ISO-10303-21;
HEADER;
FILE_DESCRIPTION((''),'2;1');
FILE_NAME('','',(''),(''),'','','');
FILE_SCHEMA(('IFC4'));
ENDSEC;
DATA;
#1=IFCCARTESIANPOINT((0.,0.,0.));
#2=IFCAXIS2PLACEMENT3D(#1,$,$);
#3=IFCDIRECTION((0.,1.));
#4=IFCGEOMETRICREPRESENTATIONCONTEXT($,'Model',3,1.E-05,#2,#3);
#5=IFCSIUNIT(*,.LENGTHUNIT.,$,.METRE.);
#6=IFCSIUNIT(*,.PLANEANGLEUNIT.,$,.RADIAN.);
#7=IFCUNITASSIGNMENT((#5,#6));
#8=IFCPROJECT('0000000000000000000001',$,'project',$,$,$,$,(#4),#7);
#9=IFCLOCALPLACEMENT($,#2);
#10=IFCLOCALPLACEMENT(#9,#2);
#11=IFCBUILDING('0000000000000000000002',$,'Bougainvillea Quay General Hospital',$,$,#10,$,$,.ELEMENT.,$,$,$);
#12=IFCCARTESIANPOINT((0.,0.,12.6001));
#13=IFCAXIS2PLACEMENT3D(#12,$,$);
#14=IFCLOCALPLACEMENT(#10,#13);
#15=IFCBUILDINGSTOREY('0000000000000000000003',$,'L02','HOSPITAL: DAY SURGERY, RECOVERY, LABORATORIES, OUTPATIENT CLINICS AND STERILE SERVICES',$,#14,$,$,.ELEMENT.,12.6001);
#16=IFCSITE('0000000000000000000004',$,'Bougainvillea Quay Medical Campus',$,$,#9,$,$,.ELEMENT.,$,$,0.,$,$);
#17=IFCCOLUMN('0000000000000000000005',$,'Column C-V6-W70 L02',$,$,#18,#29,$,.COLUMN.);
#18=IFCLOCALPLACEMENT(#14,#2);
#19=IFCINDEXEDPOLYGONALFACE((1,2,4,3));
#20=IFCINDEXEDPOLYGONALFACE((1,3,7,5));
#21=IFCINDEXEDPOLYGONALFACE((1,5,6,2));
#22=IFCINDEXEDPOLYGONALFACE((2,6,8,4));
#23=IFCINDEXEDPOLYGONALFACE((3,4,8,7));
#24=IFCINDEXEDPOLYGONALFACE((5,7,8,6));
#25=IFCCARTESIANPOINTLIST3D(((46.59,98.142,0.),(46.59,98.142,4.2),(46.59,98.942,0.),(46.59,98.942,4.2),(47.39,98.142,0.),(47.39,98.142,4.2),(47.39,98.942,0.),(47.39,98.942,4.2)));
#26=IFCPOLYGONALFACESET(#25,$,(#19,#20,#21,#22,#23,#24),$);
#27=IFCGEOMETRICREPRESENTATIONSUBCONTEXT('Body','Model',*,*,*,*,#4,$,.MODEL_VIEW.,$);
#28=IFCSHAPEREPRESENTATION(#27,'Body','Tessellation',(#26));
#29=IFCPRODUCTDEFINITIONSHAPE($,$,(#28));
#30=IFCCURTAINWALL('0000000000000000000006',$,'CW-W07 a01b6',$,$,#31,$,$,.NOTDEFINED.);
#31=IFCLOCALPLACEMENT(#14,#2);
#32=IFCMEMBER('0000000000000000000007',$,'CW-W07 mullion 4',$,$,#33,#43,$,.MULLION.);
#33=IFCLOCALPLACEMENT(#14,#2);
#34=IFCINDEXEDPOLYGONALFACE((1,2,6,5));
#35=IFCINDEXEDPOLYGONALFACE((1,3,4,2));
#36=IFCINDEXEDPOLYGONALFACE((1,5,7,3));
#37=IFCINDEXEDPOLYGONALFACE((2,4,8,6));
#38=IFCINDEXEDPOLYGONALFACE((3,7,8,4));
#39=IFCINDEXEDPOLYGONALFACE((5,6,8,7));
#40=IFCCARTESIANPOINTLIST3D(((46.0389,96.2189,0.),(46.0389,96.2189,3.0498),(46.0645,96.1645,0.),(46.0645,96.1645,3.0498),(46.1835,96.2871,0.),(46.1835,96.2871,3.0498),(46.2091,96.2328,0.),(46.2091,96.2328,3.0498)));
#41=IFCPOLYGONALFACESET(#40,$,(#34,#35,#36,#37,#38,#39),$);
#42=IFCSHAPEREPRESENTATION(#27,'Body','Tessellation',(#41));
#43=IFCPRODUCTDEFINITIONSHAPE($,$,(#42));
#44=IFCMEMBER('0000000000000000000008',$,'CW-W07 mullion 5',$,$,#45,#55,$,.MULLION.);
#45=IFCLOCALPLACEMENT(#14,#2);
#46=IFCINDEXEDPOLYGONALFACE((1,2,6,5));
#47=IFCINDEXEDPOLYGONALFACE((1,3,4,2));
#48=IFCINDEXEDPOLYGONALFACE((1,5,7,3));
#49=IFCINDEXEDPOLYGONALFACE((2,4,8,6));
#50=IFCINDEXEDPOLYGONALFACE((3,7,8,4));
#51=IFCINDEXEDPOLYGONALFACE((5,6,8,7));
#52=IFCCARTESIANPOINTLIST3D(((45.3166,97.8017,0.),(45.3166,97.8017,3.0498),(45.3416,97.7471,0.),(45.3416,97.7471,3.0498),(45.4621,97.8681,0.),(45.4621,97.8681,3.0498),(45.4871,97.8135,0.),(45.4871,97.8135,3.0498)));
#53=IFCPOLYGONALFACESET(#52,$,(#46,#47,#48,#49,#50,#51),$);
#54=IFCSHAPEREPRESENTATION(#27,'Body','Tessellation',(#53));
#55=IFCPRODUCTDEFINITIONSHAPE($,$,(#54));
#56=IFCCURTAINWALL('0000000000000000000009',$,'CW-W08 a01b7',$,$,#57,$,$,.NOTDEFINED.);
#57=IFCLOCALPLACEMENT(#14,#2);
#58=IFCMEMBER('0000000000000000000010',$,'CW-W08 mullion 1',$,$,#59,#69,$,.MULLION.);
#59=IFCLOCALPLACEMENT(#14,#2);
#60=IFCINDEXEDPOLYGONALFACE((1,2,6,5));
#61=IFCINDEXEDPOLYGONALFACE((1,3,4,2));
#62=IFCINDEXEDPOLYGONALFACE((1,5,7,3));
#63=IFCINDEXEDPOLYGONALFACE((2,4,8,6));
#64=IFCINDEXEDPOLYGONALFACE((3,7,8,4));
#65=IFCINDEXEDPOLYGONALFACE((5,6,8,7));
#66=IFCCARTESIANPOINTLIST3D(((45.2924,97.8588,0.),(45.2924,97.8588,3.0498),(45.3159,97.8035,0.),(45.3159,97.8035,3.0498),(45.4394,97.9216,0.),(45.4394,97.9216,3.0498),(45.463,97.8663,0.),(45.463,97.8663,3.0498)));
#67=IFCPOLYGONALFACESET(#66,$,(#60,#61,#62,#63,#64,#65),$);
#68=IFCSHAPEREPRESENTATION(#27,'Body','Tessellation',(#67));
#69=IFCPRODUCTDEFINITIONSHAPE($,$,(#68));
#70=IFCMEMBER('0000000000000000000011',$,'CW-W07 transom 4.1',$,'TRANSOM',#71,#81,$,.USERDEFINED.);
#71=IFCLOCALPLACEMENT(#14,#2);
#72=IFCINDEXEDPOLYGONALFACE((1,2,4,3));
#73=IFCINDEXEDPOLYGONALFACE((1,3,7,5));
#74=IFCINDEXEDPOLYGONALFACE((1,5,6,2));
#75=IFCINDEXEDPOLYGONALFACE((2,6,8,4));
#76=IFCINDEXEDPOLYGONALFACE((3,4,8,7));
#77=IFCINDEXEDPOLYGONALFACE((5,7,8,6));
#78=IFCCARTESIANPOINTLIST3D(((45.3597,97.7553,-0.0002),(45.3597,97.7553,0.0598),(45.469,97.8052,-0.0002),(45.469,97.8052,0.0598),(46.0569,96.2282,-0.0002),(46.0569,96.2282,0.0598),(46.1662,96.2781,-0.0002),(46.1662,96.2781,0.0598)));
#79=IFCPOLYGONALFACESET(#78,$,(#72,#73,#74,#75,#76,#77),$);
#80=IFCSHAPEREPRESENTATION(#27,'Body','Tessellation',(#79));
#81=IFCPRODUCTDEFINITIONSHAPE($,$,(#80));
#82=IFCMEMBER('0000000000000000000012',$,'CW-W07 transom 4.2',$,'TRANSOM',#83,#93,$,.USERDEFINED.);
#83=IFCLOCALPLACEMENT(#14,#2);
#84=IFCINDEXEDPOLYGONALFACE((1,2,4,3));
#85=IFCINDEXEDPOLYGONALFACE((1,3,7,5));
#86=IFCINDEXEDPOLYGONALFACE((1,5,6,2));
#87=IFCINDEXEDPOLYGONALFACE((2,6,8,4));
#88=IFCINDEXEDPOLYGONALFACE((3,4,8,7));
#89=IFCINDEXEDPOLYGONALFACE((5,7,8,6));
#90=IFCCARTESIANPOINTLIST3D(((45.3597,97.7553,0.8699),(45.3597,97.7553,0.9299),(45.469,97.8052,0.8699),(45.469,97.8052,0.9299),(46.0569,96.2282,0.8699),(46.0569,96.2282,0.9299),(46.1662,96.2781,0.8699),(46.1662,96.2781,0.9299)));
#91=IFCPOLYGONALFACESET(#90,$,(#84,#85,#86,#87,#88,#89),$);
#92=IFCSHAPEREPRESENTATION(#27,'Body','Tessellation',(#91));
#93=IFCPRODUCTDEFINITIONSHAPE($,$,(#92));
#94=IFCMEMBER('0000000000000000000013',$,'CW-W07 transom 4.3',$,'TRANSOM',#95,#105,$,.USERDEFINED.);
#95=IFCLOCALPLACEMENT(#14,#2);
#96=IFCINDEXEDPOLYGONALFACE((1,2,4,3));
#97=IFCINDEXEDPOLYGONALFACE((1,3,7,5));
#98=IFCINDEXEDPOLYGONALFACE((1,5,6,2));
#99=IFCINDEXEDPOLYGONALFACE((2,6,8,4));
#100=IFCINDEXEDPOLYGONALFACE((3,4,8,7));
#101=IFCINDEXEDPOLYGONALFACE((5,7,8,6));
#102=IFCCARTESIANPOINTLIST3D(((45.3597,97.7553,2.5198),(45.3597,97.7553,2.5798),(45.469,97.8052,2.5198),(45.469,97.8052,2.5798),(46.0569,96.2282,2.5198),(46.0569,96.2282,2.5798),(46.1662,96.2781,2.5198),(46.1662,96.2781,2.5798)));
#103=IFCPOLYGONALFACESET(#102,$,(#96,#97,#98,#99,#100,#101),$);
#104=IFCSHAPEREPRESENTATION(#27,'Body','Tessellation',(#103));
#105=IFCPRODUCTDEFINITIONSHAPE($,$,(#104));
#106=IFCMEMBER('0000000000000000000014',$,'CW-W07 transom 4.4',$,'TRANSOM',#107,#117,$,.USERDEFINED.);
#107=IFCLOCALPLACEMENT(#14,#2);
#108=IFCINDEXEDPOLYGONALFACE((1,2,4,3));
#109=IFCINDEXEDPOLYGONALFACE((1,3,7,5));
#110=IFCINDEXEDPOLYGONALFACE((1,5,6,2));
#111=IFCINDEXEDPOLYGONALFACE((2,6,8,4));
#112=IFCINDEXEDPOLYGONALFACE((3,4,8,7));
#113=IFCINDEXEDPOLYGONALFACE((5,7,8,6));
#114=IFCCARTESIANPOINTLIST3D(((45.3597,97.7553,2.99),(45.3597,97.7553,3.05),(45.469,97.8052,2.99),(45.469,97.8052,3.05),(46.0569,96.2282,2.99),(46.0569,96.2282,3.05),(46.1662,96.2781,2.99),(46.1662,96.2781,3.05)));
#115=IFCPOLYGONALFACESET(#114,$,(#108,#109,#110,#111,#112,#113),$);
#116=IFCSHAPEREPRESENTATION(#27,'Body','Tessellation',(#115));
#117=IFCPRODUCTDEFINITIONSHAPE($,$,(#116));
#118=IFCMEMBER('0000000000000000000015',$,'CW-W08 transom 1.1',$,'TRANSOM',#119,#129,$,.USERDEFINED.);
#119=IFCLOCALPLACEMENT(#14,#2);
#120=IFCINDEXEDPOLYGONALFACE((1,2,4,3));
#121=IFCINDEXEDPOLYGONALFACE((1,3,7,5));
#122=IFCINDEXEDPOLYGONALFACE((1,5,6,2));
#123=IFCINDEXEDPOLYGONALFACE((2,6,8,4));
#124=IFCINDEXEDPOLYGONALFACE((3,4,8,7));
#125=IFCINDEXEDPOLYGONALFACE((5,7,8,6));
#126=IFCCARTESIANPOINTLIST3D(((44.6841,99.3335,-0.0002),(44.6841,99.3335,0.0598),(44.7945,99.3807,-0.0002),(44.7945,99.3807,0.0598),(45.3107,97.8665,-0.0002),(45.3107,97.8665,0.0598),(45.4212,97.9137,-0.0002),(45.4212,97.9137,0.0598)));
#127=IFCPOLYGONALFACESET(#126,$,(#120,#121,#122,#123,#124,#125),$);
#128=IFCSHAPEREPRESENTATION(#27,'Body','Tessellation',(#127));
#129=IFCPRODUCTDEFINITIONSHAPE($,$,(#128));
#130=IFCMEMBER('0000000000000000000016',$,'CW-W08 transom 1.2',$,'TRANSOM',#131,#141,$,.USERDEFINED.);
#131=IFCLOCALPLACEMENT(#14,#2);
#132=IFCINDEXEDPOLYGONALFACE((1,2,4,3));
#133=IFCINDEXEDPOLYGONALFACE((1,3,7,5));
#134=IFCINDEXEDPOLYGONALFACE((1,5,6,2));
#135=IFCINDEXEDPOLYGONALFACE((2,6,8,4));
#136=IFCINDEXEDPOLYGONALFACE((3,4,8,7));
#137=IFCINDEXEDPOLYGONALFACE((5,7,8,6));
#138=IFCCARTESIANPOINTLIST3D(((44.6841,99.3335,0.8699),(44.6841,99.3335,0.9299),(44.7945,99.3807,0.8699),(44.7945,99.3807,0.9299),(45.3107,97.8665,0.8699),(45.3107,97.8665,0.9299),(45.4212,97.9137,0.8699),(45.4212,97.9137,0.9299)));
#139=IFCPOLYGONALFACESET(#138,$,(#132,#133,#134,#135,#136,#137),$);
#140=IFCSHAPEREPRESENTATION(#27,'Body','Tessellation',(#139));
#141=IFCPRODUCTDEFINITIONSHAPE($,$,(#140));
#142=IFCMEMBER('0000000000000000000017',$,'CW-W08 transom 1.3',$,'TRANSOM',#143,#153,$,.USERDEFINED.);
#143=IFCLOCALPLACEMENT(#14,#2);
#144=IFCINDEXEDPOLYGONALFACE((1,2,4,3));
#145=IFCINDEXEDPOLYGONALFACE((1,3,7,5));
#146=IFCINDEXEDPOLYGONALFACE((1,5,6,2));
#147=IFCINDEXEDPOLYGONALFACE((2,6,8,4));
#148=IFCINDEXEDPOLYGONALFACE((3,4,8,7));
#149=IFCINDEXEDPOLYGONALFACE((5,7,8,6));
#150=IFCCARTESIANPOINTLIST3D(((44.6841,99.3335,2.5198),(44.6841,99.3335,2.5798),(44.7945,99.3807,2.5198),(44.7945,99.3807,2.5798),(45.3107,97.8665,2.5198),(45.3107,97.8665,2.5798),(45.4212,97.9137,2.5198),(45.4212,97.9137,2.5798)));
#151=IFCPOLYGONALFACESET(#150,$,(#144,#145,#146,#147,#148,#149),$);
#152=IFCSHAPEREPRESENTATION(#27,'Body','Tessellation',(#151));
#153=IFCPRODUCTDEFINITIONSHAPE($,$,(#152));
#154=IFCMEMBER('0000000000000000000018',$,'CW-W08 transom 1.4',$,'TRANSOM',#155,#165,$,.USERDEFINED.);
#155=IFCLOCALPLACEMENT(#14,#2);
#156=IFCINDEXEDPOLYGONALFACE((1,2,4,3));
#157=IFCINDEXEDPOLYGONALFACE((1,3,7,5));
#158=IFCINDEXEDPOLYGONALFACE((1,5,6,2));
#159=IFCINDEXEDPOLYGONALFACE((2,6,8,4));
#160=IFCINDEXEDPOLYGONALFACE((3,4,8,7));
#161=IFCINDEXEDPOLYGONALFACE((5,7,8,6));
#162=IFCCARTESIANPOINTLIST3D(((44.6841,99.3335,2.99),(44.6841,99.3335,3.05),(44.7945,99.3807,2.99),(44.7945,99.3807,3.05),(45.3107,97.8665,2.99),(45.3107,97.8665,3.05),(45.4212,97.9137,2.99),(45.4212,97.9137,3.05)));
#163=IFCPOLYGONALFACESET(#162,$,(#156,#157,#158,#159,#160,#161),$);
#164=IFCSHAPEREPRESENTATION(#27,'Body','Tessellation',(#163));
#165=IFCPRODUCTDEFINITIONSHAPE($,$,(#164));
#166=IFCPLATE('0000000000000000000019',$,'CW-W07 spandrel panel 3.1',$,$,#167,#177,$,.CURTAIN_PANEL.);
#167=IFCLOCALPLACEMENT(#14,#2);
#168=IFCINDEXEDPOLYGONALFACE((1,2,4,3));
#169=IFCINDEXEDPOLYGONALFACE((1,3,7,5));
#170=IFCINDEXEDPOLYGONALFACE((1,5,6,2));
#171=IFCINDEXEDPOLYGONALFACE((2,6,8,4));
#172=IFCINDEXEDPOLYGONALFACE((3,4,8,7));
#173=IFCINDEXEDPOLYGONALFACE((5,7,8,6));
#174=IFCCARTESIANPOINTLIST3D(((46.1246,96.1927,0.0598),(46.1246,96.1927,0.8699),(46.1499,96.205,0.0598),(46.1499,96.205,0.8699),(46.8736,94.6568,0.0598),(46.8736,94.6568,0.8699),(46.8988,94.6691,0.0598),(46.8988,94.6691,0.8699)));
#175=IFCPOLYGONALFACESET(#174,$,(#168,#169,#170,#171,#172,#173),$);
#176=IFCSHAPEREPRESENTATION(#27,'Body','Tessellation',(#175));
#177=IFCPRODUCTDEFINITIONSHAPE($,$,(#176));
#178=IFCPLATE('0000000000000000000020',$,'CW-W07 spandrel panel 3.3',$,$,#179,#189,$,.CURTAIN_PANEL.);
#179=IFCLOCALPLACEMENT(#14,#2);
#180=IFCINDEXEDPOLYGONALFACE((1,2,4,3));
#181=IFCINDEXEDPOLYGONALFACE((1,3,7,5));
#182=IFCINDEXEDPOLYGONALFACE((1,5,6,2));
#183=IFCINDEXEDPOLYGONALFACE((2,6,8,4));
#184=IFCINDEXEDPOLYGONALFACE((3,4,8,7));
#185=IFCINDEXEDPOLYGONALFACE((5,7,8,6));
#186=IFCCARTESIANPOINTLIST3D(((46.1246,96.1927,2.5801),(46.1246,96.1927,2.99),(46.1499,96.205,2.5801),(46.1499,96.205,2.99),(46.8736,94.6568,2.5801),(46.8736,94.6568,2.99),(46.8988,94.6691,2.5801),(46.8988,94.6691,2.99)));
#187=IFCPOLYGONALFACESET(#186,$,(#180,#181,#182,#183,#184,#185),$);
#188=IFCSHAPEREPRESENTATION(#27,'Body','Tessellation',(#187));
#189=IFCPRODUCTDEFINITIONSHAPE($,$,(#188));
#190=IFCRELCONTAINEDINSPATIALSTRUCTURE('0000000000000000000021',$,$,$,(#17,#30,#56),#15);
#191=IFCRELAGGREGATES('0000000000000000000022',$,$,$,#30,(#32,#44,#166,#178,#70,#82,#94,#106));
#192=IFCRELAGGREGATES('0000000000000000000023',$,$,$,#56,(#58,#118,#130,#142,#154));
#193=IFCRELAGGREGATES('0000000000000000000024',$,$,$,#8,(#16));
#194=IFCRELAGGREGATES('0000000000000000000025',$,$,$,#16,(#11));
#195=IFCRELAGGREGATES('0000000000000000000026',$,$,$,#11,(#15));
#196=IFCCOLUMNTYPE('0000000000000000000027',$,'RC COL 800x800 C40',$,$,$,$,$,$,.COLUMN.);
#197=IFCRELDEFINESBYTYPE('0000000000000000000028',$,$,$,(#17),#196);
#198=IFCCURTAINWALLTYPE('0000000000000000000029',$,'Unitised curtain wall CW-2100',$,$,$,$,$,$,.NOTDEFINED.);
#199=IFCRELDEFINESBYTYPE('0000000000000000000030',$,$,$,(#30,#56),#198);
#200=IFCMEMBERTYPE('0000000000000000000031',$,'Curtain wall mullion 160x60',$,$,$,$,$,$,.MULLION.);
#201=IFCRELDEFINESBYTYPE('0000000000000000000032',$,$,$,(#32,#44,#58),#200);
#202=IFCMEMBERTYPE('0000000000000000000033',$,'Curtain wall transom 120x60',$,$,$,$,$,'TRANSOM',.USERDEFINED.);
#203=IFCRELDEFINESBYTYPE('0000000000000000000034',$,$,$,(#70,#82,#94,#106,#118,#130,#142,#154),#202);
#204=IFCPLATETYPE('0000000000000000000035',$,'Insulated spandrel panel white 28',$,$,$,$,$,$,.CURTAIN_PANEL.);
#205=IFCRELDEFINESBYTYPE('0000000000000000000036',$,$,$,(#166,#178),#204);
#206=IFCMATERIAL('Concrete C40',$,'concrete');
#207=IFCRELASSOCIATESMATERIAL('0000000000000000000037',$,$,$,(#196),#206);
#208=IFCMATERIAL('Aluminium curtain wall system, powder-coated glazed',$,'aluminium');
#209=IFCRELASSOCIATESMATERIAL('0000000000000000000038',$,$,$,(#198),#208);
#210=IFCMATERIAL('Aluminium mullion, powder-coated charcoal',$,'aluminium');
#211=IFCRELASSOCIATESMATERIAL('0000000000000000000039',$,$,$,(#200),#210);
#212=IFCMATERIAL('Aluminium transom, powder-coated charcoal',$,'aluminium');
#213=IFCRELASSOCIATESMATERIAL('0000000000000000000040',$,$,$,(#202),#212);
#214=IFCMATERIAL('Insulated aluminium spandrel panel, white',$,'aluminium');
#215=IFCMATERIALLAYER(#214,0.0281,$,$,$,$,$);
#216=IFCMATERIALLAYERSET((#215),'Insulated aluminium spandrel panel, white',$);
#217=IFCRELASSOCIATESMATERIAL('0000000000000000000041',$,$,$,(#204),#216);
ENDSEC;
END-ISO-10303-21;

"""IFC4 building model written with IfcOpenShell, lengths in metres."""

from ifc_helpers import new_model, si_unit, direction, frame, origin, origin_2d, place, context, subcontext, project, spatial, rectangle, extrude, material, layer, layer_set, material_profile, profile_set, type_object, element, aggregate, save


model = new_model("IFC4")

# Units and contexts
model_context = context("Model", 3, precision=1e-05, world=origin(), true_north=direction((0.0, 1.0)))
body_context = subcontext(model_context, "Body", "Model", "MODEL_VIEW")
ifc_project = project(units=[si_unit("LENGTHUNIT", "METRE"), si_unit("PLANEANGLEUNIT", "RADIAN")], contexts=[model_context])

# Site, building, storey
site_placement = place(None, origin())
site = spatial("IfcSite", under=ifc_project, at=site_placement, Name="Bougainvillea Quay Medical Campus", CompositionType="ELEMENT", RefElevation=0.0)
building_placement = place(site_placement, origin())
building = spatial("IfcBuilding", under=site, at=building_placement, Name="Bougainvillea Quay General Hospital", CompositionType="ELEMENT")
storey_placement = place(building_placement, frame((0.0, 0.0, 12.6001)))
storey = spatial("IfcBuildingStorey", under=building, at=storey_placement, Name="L02", Description="HOSPITAL: DAY SURGERY, RECOVERY, LABORATORIES, OUTPATIENT CLINICS AND STERILE SERVICES", CompositionType="ELEMENT", Elevation=12.6001)

# Column
ifc_material_1 = material(Name="Concrete C40", Category="concrete")
ifc_material_profile_1 = material_profile(ifc_material_1, rectangle(XDim=0.8, YDim=0.8, at=origin_2d()))
ifc_profile_set_1 = profile_set([ifc_material_profile_1], Name="Concrete C40")
column_type = type_object("IfcColumnType", Name="RC COL 800x800 C40", PredefinedType="COLUMN", material=ifc_profile_set_1)
column_placement = place(storey_placement, frame((46.99, 98.542, 0.0), z_axis=(0.0, 0.0, 1.0), x_axis=(1.0, 0.0, 0.0)))
element("IfcColumn", 1, at=column_placement, inside=storey, type_object=column_type, Name="Column C-V6-W70 L02", PredefinedType="COLUMN", context=body_context, shape_type="SweptSolid", body=[
    extrude(rectangle(XDim=0.8, YDim=0.8, at=origin_2d()), origin(), (0.0, 0.0, 1.0), 4.2),
])

# Curtain wall, members
ifc_material_2 = material(Name="Aluminium curtain wall system, powder-coated glazed", Category="aluminium")
curtain_wall_type = type_object("IfcCurtainWallType", Name="Unitised curtain wall CW-2100", PredefinedType="NOTDEFINED", material=ifc_material_2)
curtain_wall_1_placement = place(storey_placement, origin())
curtain_wall_1 = element("IfcCurtainWall", 2, at=curtain_wall_1_placement, inside=storey, type_object=curtain_wall_type, Name="CW-W07 a01b6", PredefinedType="NOTDEFINED")
ifc_material_3 = material(Name="Aluminium mullion, powder-coated charcoal", Category="aluminium")
ifc_material_profile_2 = material_profile(ifc_material_3, rectangle(XDim=0.1599, YDim=0.0601, at=origin_2d()))
ifc_profile_set_2 = profile_set([ifc_material_profile_2], Name="Aluminium mullion, powder-coated charcoal")
member_type_1 = type_object("IfcMemberType", Name="Curtain wall mullion 160x60", PredefinedType="MULLION", material=ifc_profile_set_2)
member_1_placement = place(storey_placement, frame((46.124, 96.2258, 0.0), z_axis=(0.0, 0.0, 1.0), x_axis=(-0.904314, -0.426869, 0.0)))
member_1 = element("IfcMember", 3, at=member_1_placement, type_object=member_type_1, Name="CW-W07 mullion 4", PredefinedType="MULLION", context=body_context, shape_type="SweptSolid", body=[
    extrude(rectangle(XDim=0.1599, YDim=0.0601, at=origin_2d()), origin(), (0.0, 0.0, 1.0), 3.0498),
])
member_2_placement = place(storey_placement, frame((45.4019, 97.8076, 0.0), z_axis=(0.0, 0.0, 1.0), x_axis=(-0.909653, -0.415368, 0.0)))
member_2 = element("IfcMember", 4, at=member_2_placement, type_object=member_type_1, Name="CW-W07 mullion 5", PredefinedType="MULLION", context=body_context, shape_type="SweptSolid", body=[
    extrude(rectangle(XDim=0.1599, YDim=0.0601, at=origin_2d()), origin(), (0.0, 0.0, 1.0), 3.0498),
])

# Curtain wall, member
curtain_wall_2_placement = place(storey_placement, origin())
curtain_wall_2 = element("IfcCurtainWall", 5, at=curtain_wall_2_placement, inside=storey, type_object=curtain_wall_type, Name="CW-W08 a01b7", PredefinedType="NOTDEFINED")
member_3_placement = place(storey_placement, frame((45.3777, 97.8625, 0.0), z_axis=(0.0, 0.0, 1.0), x_axis=(-0.919659, -0.392719, 0.0)))
member_3 = element("IfcMember", 6, at=member_3_placement, type_object=member_type_1, Name="CW-W08 mullion 1", PredefinedType="MULLION", context=body_context, shape_type="SweptSolid", body=[
    extrude(rectangle(XDim=0.1599, YDim=0.0601, at=origin_2d()), origin(), (0.0, 0.0, 1.0), 3.0498),
])

# Members
ifc_material_4 = material(Name="Aluminium transom, powder-coated charcoal", Category="aluminium")
ifc_material_profile_3 = material_profile(ifc_material_4, rectangle(XDim=0.1201, YDim=0.0601, at=origin_2d()))
ifc_profile_set_3 = profile_set([ifc_material_profile_3], Name="Aluminium transom, powder-coated charcoal")
member_type_2 = type_object("IfcMemberType", Name="Curtain wall transom 120x60", ElementType="TRANSOM", PredefinedType="USERDEFINED", material=ifc_profile_set_3)
member_4_placement = place(storey_placement, frame((46.1116, 96.2532, 0.0298), z_axis=(-0.415347, 0.909663, 0.0), x_axis=(-0.909663, -0.415347, 0.0)))
member_4 = element("IfcMember", 7, at=member_4_placement, type_object=member_type_2, Name="CW-W07 transom 4.1", ObjectType="TRANSOM", PredefinedType="USERDEFINED", context=body_context, shape_type="SweptSolid", body=[
    extrude(rectangle(XDim=0.1201, YDim=0.0601, at=origin_2d()), origin(), (0.0, 0.0, 1.0), 1.6787),
])
member_5_placement = place(storey_placement, frame((46.1116, 96.2532, 0.8999), z_axis=(-0.415347, 0.909663, 0.0), x_axis=(-0.909663, -0.415347, 0.0)))
member_5 = element("IfcMember", 8, at=member_5_placement, type_object=member_type_2, Name="CW-W07 transom 4.2", ObjectType="TRANSOM", PredefinedType="USERDEFINED", context=body_context, shape_type="SweptSolid", body=[
    extrude(rectangle(XDim=0.1201, YDim=0.0601, at=origin_2d()), origin(), (0.0, 0.0, 1.0), 1.6787),
])
member_6_placement = place(storey_placement, frame((46.1116, 96.2532, 2.5498), z_axis=(-0.415347, 0.909663, 0.0), x_axis=(-0.909663, -0.415347, 0.0)))
member_6 = element("IfcMember", 9, at=member_6_placement, type_object=member_type_2, Name="CW-W07 transom 4.3", ObjectType="TRANSOM", PredefinedType="USERDEFINED", context=body_context, shape_type="SweptSolid", body=[
    extrude(rectangle(XDim=0.1201, YDim=0.0601, at=origin_2d()), origin(), (0.0, 0.0, 1.0), 1.6787),
])
member_7_placement = place(storey_placement, frame((46.1116, 96.2532, 3.02), z_axis=(-0.415347, 0.909663, 0.0), x_axis=(-0.909663, -0.415347, 0.0)))
member_7 = element("IfcMember", 10, at=member_7_placement, type_object=member_type_2, Name="CW-W07 transom 4.4", ObjectType="TRANSOM", PredefinedType="USERDEFINED", context=body_context, shape_type="SweptSolid", body=[
    extrude(rectangle(XDim=0.1201, YDim=0.0601, at=origin_2d()), origin(), (0.0, 0.0, 1.0), 1.6787),
])
member_8_placement = place(storey_placement, frame((45.366, 97.8901, 0.0298), z_axis=(-0.392848, 0.919604, 0.0), x_axis=(-0.919604, -0.392848, 0.0)))
member_8 = element("IfcMember", 11, at=member_8_placement, type_object=member_type_2, Name="CW-W08 transom 1.1", ObjectType="TRANSOM", PredefinedType="USERDEFINED", context=body_context, shape_type="SweptSolid", body=[
    extrude(rectangle(XDim=0.1201, YDim=0.0601, at=origin_2d()), origin(), (0.0, 0.0, 1.0), 1.5952),
])
member_9_placement = place(storey_placement, frame((45.366, 97.8901, 0.8999), z_axis=(-0.392848, 0.919604, 0.0), x_axis=(-0.919604, -0.392848, 0.0)))
member_9 = element("IfcMember", 12, at=member_9_placement, type_object=member_type_2, Name="CW-W08 transom 1.2", ObjectType="TRANSOM", PredefinedType="USERDEFINED", context=body_context, shape_type="SweptSolid", body=[
    extrude(rectangle(XDim=0.1201, YDim=0.0601, at=origin_2d()), origin(), (0.0, 0.0, 1.0), 1.5952),
])
member_10_placement = place(storey_placement, frame((45.366, 97.8901, 2.5498), z_axis=(-0.392848, 0.919604, 0.0), x_axis=(-0.919604, -0.392848, 0.0)))
member_10 = element("IfcMember", 13, at=member_10_placement, type_object=member_type_2, Name="CW-W08 transom 1.3", ObjectType="TRANSOM", PredefinedType="USERDEFINED", context=body_context, shape_type="SweptSolid", body=[
    extrude(rectangle(XDim=0.1201, YDim=0.0601, at=origin_2d()), origin(), (0.0, 0.0, 1.0), 1.5952),
])
member_11_placement = place(storey_placement, frame((45.366, 97.8901, 3.02), z_axis=(-0.392848, 0.919604, 0.0), x_axis=(-0.919604, -0.392848, 0.0)))
member_11 = element("IfcMember", 14, at=member_11_placement, type_object=member_type_2, Name="CW-W08 transom 1.4", ObjectType="TRANSOM", PredefinedType="USERDEFINED", context=body_context, shape_type="SweptSolid", body=[
    extrude(rectangle(XDim=0.1201, YDim=0.0601, at=origin_2d()), origin(), (0.0, 0.0, 1.0), 1.5952),
])

# Plates
ifc_material_5 = material(Name="Insulated aluminium spandrel panel, white", Category="aluminium")
ifc_layer_1 = layer(ifc_material_5, 0.0281)
ifc_layer_set_1 = layer_set([ifc_layer_1], Name="Insulated aluminium spandrel panel, white")
plate_type_1 = type_object("IfcPlateType", Name="Insulated spandrel panel white 28", PredefinedType="CURTAIN_PANEL", material=ifc_layer_set_1)
plate_1_placement = place(storey_placement, frame((46.5117, 95.4309, 0.0598), z_axis=(0.0, 0.0, 1.0), x_axis=(-0.438301, 0.898828, 0.0)))
plate_1 = element("IfcPlate", 15, at=plate_1_placement, type_object=plate_type_1, Name="CW-W07 spandrel panel 3.1", PredefinedType="CURTAIN_PANEL", context=body_context, shape_type="SweptSolid", body=[
    extrude(rectangle(XDim=1.7087, YDim=0.0281, at=origin_2d()), origin(), (0.0, 0.0, 1.0), 0.8101),
])
plate_2_placement = place(storey_placement, frame((46.5117, 95.4309, 2.5801), z_axis=(0.0, 0.0, 1.0), x_axis=(-0.438301, 0.898828, 0.0)))
plate_2 = element("IfcPlate", 16, at=plate_2_placement, type_object=plate_type_1, Name="CW-W07 spandrel panel 3.3", PredefinedType="CURTAIN_PANEL", context=body_context, shape_type="SweptSolid", body=[
    extrude(rectangle(XDim=1.7087, YDim=0.0281, at=origin_2d()), origin(), (0.0, 0.0, 1.0), 0.4099),
])
aggregate(curtain_wall_1, [member_1, member_2, plate_1, plate_2, member_4, member_5, member_6, member_7])
aggregate(curtain_wall_2, [member_3, member_8, member_9, member_10, member_11])

save(model, "model.ifc")
